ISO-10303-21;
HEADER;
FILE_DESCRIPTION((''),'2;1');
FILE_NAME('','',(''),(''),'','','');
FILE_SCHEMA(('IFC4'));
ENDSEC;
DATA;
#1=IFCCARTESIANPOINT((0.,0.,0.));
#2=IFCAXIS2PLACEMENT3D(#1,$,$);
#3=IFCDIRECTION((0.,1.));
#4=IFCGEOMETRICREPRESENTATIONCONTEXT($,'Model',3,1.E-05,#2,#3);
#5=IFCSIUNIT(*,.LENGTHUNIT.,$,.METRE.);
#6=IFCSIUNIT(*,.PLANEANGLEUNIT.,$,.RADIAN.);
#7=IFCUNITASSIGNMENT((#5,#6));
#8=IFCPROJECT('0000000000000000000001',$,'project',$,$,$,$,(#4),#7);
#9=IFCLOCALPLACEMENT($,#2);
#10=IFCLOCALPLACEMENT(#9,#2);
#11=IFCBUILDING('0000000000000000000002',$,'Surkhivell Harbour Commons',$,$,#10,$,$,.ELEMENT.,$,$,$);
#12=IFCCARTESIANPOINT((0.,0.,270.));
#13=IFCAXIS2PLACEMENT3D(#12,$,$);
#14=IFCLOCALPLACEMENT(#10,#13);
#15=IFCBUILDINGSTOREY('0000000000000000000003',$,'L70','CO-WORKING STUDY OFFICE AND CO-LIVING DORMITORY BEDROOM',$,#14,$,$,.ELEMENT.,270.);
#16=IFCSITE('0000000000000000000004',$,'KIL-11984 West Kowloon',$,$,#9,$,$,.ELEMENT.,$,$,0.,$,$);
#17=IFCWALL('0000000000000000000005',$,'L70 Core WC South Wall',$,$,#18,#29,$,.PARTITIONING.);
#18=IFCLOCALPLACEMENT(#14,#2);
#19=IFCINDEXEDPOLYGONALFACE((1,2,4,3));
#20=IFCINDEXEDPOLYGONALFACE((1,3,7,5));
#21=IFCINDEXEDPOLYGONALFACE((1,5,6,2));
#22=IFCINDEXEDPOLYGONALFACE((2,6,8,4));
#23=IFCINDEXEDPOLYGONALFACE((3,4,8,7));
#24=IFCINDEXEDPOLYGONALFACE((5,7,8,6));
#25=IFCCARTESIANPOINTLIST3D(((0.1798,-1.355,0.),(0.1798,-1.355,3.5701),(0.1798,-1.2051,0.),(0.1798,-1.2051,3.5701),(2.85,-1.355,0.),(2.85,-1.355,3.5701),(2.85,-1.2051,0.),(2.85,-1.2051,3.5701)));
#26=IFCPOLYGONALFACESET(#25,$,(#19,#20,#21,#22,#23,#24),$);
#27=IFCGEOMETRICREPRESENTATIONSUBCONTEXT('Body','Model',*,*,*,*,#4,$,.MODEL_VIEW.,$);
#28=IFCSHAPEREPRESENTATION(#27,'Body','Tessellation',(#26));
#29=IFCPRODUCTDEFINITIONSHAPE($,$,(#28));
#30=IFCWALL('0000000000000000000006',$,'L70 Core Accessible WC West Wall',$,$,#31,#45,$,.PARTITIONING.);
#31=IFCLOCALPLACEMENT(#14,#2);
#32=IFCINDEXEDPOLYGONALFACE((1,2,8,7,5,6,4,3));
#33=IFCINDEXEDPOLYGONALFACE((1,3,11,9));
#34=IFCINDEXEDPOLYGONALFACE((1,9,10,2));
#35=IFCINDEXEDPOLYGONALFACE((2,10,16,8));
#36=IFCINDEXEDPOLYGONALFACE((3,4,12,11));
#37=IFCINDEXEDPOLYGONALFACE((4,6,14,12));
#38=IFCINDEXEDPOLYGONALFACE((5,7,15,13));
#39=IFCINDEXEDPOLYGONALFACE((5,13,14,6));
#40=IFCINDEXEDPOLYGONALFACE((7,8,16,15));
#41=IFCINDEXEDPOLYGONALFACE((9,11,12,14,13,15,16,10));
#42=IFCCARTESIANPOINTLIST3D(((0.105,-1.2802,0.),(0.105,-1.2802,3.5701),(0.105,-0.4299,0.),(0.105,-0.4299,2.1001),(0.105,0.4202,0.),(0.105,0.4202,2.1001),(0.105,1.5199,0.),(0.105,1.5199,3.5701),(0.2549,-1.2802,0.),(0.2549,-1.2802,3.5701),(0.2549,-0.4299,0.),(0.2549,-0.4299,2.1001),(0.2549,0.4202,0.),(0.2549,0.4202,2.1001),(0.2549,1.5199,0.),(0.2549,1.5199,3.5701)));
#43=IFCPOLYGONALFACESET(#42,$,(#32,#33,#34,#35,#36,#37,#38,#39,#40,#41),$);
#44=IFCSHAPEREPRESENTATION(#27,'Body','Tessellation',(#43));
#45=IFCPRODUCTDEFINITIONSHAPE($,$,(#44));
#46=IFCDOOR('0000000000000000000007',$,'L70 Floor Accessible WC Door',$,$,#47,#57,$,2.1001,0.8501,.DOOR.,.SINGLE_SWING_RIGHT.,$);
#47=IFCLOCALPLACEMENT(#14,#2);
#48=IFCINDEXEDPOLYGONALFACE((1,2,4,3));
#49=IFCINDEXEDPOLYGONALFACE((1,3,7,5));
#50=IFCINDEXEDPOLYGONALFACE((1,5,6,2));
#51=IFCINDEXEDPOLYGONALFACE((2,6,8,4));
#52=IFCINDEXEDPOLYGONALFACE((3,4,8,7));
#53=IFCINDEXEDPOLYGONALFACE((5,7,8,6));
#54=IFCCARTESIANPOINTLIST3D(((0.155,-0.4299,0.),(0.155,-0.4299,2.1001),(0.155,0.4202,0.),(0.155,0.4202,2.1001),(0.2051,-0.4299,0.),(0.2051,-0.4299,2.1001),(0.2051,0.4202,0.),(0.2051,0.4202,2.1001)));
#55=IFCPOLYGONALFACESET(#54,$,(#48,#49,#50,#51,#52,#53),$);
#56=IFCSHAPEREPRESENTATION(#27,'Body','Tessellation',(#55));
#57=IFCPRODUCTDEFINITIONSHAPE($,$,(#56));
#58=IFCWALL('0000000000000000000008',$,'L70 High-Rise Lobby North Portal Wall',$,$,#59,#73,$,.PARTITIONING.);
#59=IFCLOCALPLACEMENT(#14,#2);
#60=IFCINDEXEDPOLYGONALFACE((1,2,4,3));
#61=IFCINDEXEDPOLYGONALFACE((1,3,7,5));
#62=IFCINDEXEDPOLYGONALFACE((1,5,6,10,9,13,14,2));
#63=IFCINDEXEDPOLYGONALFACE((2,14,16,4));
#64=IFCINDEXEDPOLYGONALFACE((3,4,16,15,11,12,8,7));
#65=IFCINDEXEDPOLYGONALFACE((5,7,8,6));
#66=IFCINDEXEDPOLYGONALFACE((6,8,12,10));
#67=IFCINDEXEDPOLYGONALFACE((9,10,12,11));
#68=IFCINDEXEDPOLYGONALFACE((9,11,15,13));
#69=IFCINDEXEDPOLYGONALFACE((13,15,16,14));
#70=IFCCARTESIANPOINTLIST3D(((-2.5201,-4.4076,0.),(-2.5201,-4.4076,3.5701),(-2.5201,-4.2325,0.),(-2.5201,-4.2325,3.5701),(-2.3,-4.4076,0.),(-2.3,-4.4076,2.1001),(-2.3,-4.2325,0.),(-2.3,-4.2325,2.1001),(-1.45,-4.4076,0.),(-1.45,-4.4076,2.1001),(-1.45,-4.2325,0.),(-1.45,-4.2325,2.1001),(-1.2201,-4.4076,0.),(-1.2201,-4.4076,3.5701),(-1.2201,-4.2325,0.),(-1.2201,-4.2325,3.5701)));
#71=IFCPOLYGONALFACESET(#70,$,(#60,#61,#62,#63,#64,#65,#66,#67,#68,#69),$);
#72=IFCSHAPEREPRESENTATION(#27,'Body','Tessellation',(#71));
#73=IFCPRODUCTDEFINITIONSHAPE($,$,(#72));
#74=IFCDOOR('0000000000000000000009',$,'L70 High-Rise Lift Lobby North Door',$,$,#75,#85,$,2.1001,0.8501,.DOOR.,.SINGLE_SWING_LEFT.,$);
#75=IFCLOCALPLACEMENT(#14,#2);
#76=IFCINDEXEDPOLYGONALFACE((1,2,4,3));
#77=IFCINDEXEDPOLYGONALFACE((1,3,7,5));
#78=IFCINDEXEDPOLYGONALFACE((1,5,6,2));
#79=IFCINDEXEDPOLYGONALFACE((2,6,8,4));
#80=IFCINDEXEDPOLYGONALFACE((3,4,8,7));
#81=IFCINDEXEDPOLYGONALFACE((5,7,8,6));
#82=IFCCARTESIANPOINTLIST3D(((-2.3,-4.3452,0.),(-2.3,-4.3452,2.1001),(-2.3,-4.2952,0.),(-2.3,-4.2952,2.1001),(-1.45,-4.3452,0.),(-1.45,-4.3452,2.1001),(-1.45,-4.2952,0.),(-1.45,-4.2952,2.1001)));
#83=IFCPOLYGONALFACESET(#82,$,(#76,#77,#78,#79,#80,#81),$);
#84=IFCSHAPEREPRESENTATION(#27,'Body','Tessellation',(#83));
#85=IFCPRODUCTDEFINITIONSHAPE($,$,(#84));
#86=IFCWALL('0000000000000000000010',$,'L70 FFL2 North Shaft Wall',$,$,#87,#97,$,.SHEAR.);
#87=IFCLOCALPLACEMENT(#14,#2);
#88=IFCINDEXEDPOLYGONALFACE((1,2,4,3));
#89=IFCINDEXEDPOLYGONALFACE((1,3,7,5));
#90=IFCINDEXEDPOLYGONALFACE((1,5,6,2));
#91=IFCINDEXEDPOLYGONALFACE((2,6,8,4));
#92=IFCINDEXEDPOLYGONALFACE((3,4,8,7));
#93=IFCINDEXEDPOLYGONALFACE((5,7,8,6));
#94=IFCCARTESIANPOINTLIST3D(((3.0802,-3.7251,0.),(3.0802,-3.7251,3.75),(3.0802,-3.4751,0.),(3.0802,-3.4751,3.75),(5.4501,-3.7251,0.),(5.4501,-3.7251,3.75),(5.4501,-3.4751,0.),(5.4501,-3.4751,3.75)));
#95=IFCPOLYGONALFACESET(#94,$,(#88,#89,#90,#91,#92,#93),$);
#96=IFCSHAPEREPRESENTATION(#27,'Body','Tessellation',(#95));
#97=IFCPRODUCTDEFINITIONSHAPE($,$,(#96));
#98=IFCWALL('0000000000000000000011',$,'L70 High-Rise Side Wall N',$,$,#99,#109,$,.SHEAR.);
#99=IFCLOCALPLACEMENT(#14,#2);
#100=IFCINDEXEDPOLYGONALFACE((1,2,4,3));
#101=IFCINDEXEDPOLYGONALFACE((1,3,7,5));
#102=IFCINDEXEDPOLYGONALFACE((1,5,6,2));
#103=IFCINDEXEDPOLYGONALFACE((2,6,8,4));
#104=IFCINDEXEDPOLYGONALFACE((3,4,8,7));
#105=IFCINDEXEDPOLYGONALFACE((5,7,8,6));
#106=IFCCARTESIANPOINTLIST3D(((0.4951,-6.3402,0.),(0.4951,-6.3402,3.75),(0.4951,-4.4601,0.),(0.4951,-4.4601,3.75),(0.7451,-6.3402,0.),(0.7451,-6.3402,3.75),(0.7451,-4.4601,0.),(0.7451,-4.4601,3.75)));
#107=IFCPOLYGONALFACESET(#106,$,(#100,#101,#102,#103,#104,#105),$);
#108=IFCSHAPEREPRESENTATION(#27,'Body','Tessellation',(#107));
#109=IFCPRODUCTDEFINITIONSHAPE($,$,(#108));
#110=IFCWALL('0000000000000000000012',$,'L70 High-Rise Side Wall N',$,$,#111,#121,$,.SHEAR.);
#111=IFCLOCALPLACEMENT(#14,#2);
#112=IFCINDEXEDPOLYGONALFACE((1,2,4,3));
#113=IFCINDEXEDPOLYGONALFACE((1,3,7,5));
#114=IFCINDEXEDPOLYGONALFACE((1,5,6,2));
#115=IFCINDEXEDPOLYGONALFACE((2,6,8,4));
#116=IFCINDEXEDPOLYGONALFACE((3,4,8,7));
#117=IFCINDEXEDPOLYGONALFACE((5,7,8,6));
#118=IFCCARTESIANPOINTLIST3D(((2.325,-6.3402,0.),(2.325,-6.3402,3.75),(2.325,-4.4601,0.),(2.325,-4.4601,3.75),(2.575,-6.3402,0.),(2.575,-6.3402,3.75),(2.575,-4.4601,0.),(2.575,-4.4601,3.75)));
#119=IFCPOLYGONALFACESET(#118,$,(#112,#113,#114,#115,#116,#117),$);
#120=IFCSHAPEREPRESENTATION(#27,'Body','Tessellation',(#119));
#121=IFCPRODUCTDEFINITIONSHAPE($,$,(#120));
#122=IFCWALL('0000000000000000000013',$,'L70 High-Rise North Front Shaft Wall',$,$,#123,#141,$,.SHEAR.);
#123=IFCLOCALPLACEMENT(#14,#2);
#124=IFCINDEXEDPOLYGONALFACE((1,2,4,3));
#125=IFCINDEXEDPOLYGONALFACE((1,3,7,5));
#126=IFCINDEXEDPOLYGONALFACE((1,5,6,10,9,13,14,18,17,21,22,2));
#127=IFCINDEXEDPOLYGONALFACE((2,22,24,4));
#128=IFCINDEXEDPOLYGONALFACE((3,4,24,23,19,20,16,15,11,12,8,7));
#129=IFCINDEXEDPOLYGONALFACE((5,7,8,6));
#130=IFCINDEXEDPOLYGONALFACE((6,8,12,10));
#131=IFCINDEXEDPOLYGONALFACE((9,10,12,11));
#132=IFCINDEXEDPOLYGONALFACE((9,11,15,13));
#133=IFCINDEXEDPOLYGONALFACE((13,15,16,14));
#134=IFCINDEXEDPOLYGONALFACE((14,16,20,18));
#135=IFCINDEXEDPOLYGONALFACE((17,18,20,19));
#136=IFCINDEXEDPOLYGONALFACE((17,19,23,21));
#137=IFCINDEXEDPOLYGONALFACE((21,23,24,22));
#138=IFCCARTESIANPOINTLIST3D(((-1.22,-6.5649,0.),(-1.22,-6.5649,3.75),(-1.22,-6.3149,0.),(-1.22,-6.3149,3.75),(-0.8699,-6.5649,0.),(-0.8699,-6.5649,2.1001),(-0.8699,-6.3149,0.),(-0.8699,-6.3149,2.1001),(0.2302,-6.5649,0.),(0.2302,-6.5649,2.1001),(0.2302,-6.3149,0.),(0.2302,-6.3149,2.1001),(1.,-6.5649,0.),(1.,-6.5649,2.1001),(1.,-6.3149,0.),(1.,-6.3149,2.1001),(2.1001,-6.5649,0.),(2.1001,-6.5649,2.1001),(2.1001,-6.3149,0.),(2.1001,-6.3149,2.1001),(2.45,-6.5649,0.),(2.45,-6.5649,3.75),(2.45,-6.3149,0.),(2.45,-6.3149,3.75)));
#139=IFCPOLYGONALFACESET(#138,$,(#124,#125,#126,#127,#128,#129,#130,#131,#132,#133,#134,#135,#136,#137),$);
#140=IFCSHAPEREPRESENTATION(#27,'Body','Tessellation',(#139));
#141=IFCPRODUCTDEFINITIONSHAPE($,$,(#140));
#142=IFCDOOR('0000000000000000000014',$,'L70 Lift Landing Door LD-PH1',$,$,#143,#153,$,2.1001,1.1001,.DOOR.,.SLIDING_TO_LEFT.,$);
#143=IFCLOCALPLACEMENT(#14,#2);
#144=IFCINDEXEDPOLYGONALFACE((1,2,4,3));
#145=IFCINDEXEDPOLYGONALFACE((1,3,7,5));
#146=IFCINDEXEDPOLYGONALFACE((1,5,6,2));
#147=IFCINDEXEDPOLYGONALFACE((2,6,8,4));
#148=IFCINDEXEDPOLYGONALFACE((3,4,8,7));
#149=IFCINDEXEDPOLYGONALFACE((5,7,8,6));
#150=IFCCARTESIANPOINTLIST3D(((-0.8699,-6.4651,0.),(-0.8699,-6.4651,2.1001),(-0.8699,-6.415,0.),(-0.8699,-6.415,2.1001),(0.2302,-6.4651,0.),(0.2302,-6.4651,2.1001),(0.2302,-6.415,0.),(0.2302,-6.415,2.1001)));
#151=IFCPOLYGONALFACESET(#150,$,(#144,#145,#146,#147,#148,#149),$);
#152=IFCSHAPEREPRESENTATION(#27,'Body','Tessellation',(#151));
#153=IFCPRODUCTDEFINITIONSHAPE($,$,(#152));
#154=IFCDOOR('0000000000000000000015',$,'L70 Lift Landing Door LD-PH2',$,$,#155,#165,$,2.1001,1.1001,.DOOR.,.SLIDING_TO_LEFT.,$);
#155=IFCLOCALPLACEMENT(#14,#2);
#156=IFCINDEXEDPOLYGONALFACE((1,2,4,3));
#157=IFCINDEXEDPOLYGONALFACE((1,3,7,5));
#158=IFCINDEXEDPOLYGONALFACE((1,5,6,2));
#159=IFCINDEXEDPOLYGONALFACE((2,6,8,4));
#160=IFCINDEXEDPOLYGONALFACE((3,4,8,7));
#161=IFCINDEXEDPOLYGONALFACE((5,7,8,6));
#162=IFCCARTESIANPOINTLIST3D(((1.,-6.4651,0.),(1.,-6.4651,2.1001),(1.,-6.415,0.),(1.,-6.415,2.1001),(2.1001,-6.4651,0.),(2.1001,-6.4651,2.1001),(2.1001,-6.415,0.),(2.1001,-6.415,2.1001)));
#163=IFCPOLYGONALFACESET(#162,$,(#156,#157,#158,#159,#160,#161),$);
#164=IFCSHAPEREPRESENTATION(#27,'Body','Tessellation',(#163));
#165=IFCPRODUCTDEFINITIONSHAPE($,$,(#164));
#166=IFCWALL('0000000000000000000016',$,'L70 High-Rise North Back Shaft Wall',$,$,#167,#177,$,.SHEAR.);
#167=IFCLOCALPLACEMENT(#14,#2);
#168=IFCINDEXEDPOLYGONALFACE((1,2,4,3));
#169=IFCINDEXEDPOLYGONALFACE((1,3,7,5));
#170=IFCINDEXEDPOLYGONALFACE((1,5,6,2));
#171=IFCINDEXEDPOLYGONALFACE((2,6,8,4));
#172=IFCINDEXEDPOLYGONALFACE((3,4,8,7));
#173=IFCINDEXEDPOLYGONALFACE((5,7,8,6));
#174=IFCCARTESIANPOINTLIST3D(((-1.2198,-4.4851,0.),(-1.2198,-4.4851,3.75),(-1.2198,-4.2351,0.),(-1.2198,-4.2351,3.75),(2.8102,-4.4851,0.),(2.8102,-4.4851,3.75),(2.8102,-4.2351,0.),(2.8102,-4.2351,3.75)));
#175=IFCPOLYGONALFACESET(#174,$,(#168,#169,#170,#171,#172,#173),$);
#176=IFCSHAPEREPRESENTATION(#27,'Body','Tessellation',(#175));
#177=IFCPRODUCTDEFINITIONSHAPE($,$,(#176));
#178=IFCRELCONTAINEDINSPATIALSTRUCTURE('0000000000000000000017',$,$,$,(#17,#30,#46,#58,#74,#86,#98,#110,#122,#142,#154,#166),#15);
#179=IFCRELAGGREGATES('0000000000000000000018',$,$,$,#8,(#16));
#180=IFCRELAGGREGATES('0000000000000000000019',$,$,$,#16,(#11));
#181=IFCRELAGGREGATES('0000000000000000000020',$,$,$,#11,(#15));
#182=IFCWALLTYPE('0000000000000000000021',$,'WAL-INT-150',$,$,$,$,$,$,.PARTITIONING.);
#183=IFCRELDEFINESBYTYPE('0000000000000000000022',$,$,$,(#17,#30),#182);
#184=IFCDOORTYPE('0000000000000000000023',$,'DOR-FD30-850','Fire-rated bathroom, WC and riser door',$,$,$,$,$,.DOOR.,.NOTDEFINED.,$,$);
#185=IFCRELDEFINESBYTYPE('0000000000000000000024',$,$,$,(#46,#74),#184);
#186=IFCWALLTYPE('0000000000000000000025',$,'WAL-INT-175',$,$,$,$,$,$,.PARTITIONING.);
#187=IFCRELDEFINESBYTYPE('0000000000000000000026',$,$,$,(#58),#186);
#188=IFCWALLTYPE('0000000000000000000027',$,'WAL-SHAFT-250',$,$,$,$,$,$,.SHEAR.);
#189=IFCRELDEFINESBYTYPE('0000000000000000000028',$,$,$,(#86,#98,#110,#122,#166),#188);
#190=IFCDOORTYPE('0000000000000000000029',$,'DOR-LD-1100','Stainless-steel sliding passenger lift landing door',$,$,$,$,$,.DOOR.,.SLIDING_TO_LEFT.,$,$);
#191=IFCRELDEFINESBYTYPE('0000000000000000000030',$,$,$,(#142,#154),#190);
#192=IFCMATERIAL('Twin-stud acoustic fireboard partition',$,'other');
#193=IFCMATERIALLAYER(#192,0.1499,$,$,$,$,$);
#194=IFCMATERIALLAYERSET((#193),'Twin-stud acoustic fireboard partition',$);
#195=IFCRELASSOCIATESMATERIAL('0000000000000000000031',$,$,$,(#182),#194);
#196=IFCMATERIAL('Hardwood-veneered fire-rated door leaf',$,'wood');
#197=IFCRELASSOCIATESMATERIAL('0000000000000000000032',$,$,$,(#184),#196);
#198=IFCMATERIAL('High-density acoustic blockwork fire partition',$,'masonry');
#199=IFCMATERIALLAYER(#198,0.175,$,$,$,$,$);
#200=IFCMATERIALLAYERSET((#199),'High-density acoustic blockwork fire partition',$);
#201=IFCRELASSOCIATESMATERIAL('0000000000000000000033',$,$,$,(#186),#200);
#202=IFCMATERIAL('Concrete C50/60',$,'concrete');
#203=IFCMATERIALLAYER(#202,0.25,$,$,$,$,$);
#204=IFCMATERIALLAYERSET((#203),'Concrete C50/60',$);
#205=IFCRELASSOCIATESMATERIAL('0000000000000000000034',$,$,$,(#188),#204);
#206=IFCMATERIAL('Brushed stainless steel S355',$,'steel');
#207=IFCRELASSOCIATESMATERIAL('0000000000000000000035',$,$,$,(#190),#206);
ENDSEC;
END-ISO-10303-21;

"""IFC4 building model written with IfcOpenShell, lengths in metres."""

from ifc_helpers import new_model, si_unit, direction, frame, frame_2d, origin, place, context, subcontext, project, spatial, rectangle, extrude, material, layer, layer_set, type_object, element, fill, save


model = new_model("IFC4")

# Units and contexts
model_context = context("Model", 3, precision=1e-05, world=origin(), true_north=direction((0.0, 1.0)))
body_context = subcontext(model_context, "Body", "Model", "MODEL_VIEW")
ifc_project = project(units=[si_unit("LENGTHUNIT", "METRE"), si_unit("PLANEANGLEUNIT", "RADIAN")], contexts=[model_context])

# Site, building, storey
site_placement = place(None, origin())
site = spatial("IfcSite", under=ifc_project, at=site_placement, Name="KIL-11984 West Kowloon", CompositionType="ELEMENT", RefElevation=0.0)
building_placement = place(site_placement, origin())
building = spatial("IfcBuilding", under=site, at=building_placement, Name="Surkhivell Harbour Commons", CompositionType="ELEMENT")
storey_placement = place(building_placement, frame((0.0, 0.0, 270.0)))
storey = spatial("IfcBuildingStorey", under=building, at=storey_placement, Name="L70", Description="CO-WORKING STUDY OFFICE AND CO-LIVING DORMITORY BEDROOM", CompositionType="ELEMENT", Elevation=270.0)

# Wall
ifc_material_1 = material(Name="Twin-stud acoustic fireboard partition", Category="other")
ifc_layer_1 = layer(ifc_material_1, 0.1499)
ifc_layer_set_1 = layer_set([ifc_layer_1], Name="Twin-stud acoustic fireboard partition")
wall_type_1 = type_object("IfcWallType", Name="WAL-INT-150", PredefinedType="PARTITIONING", material=ifc_layer_set_1)
wall_1_placement = place(storey_placement, frame((0.1799, -1.28, 0.0), z_axis=(0.0, 0.0, 1.0), x_axis=(1.0, 0.0, 0.0)))
element("IfcWall", 1, at=wall_1_placement, inside=storey, type_object=wall_type_1, Name="L70 Core WC South Wall", PredefinedType="PARTITIONING", context=body_context, shape_type="SweptSolid", body=[
    extrude(rectangle(XDim=2.6702, YDim=0.1499, at=frame_2d((1.335, 0.0))), origin(), (0.0, 0.0, 1.0), 3.5701),
])

# Walls, openings, doors
wall_2_placement = place(storey_placement, frame((0.1799, -1.28, 0.0), z_axis=(0.0, 0.0, 1.0), x_axis=(0.0, 1.0, 0.0)))
wall_2 = element("IfcWall", 2, at=wall_2_placement, inside=storey, type_object=wall_type_1, Name="L70 Core Accessible WC West Wall", PredefinedType="PARTITIONING", context=body_context, shape_type="SweptSolid", body=[
    extrude(rectangle(XDim=2.8, YDim=0.1499, at=frame_2d((1.3999, 0.0))), origin(), (0.0, 0.0, 1.0), 3.5701),
])
opening_1_placement = place(wall_2_placement, frame((0.8501, 0.0, 0.0)))
opening_1 = element("IfcOpeningElement", 3, at=opening_1_placement, cuts=wall_2, PredefinedType="OPENING", context=body_context, shape_type="SweptSolid", body=[
    extrude(rectangle(XDim=0.8501, YDim=2.1001, at=frame_2d((0.425, 1.05))), frame((0.0, 0.085, 0.0), z_axis=(0.0, -1.0, 0.0), x_axis=(1.0, 0.0, 0.0)), (0.0, 0.0, 1.0), 0.1699),
])
ifc_material_2 = material(Name="Hardwood-veneered fire-rated door leaf", Category="wood")
door_type_1 = type_object("IfcDoorType", Name="DOR-FD30-850", Description="Fire-rated bathroom, WC and riser door", OperationType="NOTDEFINED", PredefinedType="DOOR", material=ifc_material_2)
door_1_placement = place(opening_1_placement, origin())
door_1 = element("IfcDoor", 4, at=door_1_placement, inside=storey, type_object=door_type_1, Name="L70 Floor Accessible WC Door", OperationType="SINGLE_SWING_RIGHT", OverallHeight=2.1001, OverallWidth=0.8501, PredefinedType="DOOR", context=body_context, shape_type="SweptSolid", body=[
    extrude(rectangle(XDim=0.8501, YDim=2.1001, at=frame_2d((0.425, 1.05))), frame((0.0, 0.0249, 0.0), z_axis=(0.0, -1.0, 0.0), x_axis=(1.0, 0.0, 0.0)), (0.0, 0.0, 1.0), 0.05),
])
fill(opening_1, door_1)
ifc_material_3 = material(Name="High-density acoustic blockwork fire partition", Category="masonry")
ifc_layer_2 = layer(ifc_material_3, 0.175)
ifc_layer_set_2 = layer_set([ifc_layer_2], Name="High-density acoustic blockwork fire partition")
wall_type_2 = type_object("IfcWallType", Name="WAL-INT-175", PredefinedType="PARTITIONING", material=ifc_layer_set_2)
wall_3_placement = place(storey_placement, frame((-2.52, -4.3201, 0.0), z_axis=(0.0, 0.0, 1.0), x_axis=(1.0, 0.0, 0.0)))
wall_3 = element("IfcWall", 5, at=wall_3_placement, inside=storey, type_object=wall_type_2, Name="L70 High-Rise Lobby North Portal Wall", PredefinedType="PARTITIONING", context=body_context, shape_type="SweptSolid", body=[
    extrude(rectangle(XDim=1.3, YDim=0.175, at=frame_2d((0.6499, 0.0))), origin(), (0.0, 0.0, 1.0), 3.5701),
])
opening_2_placement = place(wall_3_placement, frame((0.22, 0.0, 0.0)))
opening_2 = element("IfcOpeningElement", 6, at=opening_2_placement, cuts=wall_3, PredefinedType="OPENING", context=body_context, shape_type="SweptSolid", body=[
    extrude(rectangle(XDim=0.8501, YDim=2.1001, at=frame_2d((0.425, 1.05))), frame((0.0, 0.0974, 0.0), z_axis=(0.0, -1.0, 0.0), x_axis=(1.0, 0.0, 0.0)), (0.0, 0.0, 1.0), 0.1951),
])
door_2_placement = place(opening_2_placement, origin())
door_2 = element("IfcDoor", 7, at=door_2_placement, inside=storey, type_object=door_type_1, Name="L70 High-Rise Lift Lobby North Door", OperationType="SINGLE_SWING_LEFT", OverallHeight=2.1001, OverallWidth=0.8501, PredefinedType="DOOR", context=body_context, shape_type="SweptSolid", body=[
    extrude(rectangle(XDim=0.8501, YDim=2.1001, at=frame_2d((0.425, 1.05))), frame((0.0, 0.0249, 0.0), z_axis=(0.0, -1.0, 0.0), x_axis=(1.0, 0.0, 0.0)), (0.0, 0.0, 1.0), 0.05),
])
fill(opening_2, door_2)

# Walls
ifc_material_4 = material(Name="Concrete C50/60", Category="concrete")
ifc_layer_3 = layer(ifc_material_4, 0.25)
ifc_layer_set_3 = layer_set([ifc_layer_3], Name="Concrete C50/60")
wall_type_3 = type_object("IfcWallType", Name="WAL-SHAFT-250", PredefinedType="SHEAR", material=ifc_layer_set_3)
wall_4_placement = place(storey_placement, frame((3.0801, -3.6001, 0.0), z_axis=(0.0, 0.0, 1.0), x_axis=(1.0, 0.0, 0.0)))
element("IfcWall", 8, at=wall_4_placement, inside=storey, type_object=wall_type_3, Name="L70 FFL2 North Shaft Wall", PredefinedType="SHEAR", context=body_context, shape_type="SweptSolid", body=[
    extrude(rectangle(XDim=2.3699, YDim=0.25, at=frame_2d((1.1851, 0.0))), origin(), (0.0, 0.0, 1.0), 3.75),
])
for number, where, z_axis, x_axis, name in (
    (9, (0.6201, -6.3401, 0.0), (0.0, 0.0, 1.0), (0.0, 1.0, 0.0), "L70 High-Rise Side Wall N"),
    (10, (2.45, -6.3401, 0.0), (0.0, 0.0, 1.0), (0.0, 1.0, 0.0), "L70 High-Rise Side Wall N"),
):
    element("IfcWall", number, at=place(storey_placement, frame(where, z_axis=z_axis, x_axis=x_axis)), inside=storey, type_object=wall_type_3, Name=name, PredefinedType="SHEAR", context=body_context, shape_type="SweptSolid", body=[
        extrude(rectangle(XDim=1.8801, YDim=0.25, at=frame_2d((0.9399, 0.0))), origin(), (0.0, 0.0, 1.0), 3.75),
    ])

# Wall, openings, doors
wall_5_placement = place(storey_placement, frame((-1.22, -6.4399, 0.0), z_axis=(0.0, 0.0, 1.0), x_axis=(1.0, 0.0, 0.0)))
wall_5 = element("IfcWall", 11, at=wall_5_placement, inside=storey, type_object=wall_type_3, Name="L70 High-Rise North Front Shaft Wall", PredefinedType="SHEAR", context=body_context, shape_type="SweptSolid", body=[
    extrude(rectangle(XDim=3.6699, YDim=0.25, at=frame_2d((1.835, 0.0))), origin(), (0.0, 0.0, 1.0), 3.75),
])
opening_3_placement = place(wall_5_placement, frame((0.3501, 0.0, 0.0)))
opening_3 = element("IfcOpeningElement", 12, at=opening_3_placement, cuts=wall_5, PredefinedType="OPENING", context=body_context, shape_type="SweptSolid", body=[
    extrude(rectangle(XDim=1.1001, YDim=2.1001, at=frame_2d((0.55, 1.05))), frame((0.0, 0.135, 0.0), z_axis=(0.0, -1.0, 0.0), x_axis=(1.0, 0.0, 0.0)), (0.0, 0.0, 1.0), 0.27),
])
opening_4_placement = place(wall_5_placement, frame((2.22, 0.0, 0.0)))
opening_4 = element("IfcOpeningElement", 13, at=opening_4_placement, cuts=wall_5, PredefinedType="OPENING", context=body_context, shape_type="SweptSolid", body=[
    extrude(rectangle(XDim=1.1001, YDim=2.1001, at=frame_2d((0.55, 1.05))), frame((0.0, 0.135, 0.0), z_axis=(0.0, -1.0, 0.0), x_axis=(1.0, 0.0, 0.0)), (0.0, 0.0, 1.0), 0.27),
])
ifc_material_5 = material(Name="Brushed stainless steel S355", Category="steel")
door_type_2 = type_object("IfcDoorType", Name="DOR-LD-1100", Description="Stainless-steel sliding passenger lift landing door", OperationType="SLIDING_TO_LEFT", PredefinedType="DOOR", material=ifc_material_5)
door_3_placement = place(opening_3_placement, origin())
door_3 = element("IfcDoor", 14, at=door_3_placement, inside=storey, type_object=door_type_2, Name="L70 Lift Landing Door LD-PH1", OperationType="SLIDING_TO_LEFT", OverallHeight=2.1001, OverallWidth=1.1001, PredefinedType="DOOR", context=body_context, shape_type="SweptSolid", body=[
    extrude(rectangle(XDim=1.1001, YDim=2.1001, at=frame_2d((0.55, 1.05))), frame((0.0, 0.0249, 0.0), z_axis=(0.0, -1.0, 0.0), x_axis=(1.0, 0.0, 0.0)), (0.0, 0.0, 1.0), 0.05),
])
fill(opening_3, door_3)
door_4_placement = place(opening_4_placement, origin())
door_4 = element("IfcDoor", 15, at=door_4_placement, inside=storey, type_object=door_type_2, Name="L70 Lift Landing Door LD-PH2", OperationType="SLIDING_TO_LEFT", OverallHeight=2.1001, OverallWidth=1.1001, PredefinedType="DOOR", context=body_context, shape_type="SweptSolid", body=[
    extrude(rectangle(XDim=1.1001, YDim=2.1001, at=frame_2d((0.55, 1.05))), frame((0.0, 0.0249, 0.0), z_axis=(0.0, -1.0, 0.0), x_axis=(1.0, 0.0, 0.0)), (0.0, 0.0, 1.0), 0.05),
])
fill(opening_4, door_4)

# Wall
wall_6_placement = place(storey_placement, frame((-1.22, -4.3601, 0.0), z_axis=(0.0, 0.0, 1.0), x_axis=(1.0, 0.0, 0.0)))
element("IfcWall", 16, at=wall_6_placement, inside=storey, type_object=wall_type_3, Name="L70 High-Rise North Back Shaft Wall", PredefinedType="SHEAR", context=body_context, shape_type="SweptSolid", body=[
    extrude(rectangle(XDim=4.03, YDim=0.25, at=frame_2d((2.0151, 0.0))), origin(), (0.0, 0.0, 1.0), 3.75),
])

save(model, "model.ifc")
